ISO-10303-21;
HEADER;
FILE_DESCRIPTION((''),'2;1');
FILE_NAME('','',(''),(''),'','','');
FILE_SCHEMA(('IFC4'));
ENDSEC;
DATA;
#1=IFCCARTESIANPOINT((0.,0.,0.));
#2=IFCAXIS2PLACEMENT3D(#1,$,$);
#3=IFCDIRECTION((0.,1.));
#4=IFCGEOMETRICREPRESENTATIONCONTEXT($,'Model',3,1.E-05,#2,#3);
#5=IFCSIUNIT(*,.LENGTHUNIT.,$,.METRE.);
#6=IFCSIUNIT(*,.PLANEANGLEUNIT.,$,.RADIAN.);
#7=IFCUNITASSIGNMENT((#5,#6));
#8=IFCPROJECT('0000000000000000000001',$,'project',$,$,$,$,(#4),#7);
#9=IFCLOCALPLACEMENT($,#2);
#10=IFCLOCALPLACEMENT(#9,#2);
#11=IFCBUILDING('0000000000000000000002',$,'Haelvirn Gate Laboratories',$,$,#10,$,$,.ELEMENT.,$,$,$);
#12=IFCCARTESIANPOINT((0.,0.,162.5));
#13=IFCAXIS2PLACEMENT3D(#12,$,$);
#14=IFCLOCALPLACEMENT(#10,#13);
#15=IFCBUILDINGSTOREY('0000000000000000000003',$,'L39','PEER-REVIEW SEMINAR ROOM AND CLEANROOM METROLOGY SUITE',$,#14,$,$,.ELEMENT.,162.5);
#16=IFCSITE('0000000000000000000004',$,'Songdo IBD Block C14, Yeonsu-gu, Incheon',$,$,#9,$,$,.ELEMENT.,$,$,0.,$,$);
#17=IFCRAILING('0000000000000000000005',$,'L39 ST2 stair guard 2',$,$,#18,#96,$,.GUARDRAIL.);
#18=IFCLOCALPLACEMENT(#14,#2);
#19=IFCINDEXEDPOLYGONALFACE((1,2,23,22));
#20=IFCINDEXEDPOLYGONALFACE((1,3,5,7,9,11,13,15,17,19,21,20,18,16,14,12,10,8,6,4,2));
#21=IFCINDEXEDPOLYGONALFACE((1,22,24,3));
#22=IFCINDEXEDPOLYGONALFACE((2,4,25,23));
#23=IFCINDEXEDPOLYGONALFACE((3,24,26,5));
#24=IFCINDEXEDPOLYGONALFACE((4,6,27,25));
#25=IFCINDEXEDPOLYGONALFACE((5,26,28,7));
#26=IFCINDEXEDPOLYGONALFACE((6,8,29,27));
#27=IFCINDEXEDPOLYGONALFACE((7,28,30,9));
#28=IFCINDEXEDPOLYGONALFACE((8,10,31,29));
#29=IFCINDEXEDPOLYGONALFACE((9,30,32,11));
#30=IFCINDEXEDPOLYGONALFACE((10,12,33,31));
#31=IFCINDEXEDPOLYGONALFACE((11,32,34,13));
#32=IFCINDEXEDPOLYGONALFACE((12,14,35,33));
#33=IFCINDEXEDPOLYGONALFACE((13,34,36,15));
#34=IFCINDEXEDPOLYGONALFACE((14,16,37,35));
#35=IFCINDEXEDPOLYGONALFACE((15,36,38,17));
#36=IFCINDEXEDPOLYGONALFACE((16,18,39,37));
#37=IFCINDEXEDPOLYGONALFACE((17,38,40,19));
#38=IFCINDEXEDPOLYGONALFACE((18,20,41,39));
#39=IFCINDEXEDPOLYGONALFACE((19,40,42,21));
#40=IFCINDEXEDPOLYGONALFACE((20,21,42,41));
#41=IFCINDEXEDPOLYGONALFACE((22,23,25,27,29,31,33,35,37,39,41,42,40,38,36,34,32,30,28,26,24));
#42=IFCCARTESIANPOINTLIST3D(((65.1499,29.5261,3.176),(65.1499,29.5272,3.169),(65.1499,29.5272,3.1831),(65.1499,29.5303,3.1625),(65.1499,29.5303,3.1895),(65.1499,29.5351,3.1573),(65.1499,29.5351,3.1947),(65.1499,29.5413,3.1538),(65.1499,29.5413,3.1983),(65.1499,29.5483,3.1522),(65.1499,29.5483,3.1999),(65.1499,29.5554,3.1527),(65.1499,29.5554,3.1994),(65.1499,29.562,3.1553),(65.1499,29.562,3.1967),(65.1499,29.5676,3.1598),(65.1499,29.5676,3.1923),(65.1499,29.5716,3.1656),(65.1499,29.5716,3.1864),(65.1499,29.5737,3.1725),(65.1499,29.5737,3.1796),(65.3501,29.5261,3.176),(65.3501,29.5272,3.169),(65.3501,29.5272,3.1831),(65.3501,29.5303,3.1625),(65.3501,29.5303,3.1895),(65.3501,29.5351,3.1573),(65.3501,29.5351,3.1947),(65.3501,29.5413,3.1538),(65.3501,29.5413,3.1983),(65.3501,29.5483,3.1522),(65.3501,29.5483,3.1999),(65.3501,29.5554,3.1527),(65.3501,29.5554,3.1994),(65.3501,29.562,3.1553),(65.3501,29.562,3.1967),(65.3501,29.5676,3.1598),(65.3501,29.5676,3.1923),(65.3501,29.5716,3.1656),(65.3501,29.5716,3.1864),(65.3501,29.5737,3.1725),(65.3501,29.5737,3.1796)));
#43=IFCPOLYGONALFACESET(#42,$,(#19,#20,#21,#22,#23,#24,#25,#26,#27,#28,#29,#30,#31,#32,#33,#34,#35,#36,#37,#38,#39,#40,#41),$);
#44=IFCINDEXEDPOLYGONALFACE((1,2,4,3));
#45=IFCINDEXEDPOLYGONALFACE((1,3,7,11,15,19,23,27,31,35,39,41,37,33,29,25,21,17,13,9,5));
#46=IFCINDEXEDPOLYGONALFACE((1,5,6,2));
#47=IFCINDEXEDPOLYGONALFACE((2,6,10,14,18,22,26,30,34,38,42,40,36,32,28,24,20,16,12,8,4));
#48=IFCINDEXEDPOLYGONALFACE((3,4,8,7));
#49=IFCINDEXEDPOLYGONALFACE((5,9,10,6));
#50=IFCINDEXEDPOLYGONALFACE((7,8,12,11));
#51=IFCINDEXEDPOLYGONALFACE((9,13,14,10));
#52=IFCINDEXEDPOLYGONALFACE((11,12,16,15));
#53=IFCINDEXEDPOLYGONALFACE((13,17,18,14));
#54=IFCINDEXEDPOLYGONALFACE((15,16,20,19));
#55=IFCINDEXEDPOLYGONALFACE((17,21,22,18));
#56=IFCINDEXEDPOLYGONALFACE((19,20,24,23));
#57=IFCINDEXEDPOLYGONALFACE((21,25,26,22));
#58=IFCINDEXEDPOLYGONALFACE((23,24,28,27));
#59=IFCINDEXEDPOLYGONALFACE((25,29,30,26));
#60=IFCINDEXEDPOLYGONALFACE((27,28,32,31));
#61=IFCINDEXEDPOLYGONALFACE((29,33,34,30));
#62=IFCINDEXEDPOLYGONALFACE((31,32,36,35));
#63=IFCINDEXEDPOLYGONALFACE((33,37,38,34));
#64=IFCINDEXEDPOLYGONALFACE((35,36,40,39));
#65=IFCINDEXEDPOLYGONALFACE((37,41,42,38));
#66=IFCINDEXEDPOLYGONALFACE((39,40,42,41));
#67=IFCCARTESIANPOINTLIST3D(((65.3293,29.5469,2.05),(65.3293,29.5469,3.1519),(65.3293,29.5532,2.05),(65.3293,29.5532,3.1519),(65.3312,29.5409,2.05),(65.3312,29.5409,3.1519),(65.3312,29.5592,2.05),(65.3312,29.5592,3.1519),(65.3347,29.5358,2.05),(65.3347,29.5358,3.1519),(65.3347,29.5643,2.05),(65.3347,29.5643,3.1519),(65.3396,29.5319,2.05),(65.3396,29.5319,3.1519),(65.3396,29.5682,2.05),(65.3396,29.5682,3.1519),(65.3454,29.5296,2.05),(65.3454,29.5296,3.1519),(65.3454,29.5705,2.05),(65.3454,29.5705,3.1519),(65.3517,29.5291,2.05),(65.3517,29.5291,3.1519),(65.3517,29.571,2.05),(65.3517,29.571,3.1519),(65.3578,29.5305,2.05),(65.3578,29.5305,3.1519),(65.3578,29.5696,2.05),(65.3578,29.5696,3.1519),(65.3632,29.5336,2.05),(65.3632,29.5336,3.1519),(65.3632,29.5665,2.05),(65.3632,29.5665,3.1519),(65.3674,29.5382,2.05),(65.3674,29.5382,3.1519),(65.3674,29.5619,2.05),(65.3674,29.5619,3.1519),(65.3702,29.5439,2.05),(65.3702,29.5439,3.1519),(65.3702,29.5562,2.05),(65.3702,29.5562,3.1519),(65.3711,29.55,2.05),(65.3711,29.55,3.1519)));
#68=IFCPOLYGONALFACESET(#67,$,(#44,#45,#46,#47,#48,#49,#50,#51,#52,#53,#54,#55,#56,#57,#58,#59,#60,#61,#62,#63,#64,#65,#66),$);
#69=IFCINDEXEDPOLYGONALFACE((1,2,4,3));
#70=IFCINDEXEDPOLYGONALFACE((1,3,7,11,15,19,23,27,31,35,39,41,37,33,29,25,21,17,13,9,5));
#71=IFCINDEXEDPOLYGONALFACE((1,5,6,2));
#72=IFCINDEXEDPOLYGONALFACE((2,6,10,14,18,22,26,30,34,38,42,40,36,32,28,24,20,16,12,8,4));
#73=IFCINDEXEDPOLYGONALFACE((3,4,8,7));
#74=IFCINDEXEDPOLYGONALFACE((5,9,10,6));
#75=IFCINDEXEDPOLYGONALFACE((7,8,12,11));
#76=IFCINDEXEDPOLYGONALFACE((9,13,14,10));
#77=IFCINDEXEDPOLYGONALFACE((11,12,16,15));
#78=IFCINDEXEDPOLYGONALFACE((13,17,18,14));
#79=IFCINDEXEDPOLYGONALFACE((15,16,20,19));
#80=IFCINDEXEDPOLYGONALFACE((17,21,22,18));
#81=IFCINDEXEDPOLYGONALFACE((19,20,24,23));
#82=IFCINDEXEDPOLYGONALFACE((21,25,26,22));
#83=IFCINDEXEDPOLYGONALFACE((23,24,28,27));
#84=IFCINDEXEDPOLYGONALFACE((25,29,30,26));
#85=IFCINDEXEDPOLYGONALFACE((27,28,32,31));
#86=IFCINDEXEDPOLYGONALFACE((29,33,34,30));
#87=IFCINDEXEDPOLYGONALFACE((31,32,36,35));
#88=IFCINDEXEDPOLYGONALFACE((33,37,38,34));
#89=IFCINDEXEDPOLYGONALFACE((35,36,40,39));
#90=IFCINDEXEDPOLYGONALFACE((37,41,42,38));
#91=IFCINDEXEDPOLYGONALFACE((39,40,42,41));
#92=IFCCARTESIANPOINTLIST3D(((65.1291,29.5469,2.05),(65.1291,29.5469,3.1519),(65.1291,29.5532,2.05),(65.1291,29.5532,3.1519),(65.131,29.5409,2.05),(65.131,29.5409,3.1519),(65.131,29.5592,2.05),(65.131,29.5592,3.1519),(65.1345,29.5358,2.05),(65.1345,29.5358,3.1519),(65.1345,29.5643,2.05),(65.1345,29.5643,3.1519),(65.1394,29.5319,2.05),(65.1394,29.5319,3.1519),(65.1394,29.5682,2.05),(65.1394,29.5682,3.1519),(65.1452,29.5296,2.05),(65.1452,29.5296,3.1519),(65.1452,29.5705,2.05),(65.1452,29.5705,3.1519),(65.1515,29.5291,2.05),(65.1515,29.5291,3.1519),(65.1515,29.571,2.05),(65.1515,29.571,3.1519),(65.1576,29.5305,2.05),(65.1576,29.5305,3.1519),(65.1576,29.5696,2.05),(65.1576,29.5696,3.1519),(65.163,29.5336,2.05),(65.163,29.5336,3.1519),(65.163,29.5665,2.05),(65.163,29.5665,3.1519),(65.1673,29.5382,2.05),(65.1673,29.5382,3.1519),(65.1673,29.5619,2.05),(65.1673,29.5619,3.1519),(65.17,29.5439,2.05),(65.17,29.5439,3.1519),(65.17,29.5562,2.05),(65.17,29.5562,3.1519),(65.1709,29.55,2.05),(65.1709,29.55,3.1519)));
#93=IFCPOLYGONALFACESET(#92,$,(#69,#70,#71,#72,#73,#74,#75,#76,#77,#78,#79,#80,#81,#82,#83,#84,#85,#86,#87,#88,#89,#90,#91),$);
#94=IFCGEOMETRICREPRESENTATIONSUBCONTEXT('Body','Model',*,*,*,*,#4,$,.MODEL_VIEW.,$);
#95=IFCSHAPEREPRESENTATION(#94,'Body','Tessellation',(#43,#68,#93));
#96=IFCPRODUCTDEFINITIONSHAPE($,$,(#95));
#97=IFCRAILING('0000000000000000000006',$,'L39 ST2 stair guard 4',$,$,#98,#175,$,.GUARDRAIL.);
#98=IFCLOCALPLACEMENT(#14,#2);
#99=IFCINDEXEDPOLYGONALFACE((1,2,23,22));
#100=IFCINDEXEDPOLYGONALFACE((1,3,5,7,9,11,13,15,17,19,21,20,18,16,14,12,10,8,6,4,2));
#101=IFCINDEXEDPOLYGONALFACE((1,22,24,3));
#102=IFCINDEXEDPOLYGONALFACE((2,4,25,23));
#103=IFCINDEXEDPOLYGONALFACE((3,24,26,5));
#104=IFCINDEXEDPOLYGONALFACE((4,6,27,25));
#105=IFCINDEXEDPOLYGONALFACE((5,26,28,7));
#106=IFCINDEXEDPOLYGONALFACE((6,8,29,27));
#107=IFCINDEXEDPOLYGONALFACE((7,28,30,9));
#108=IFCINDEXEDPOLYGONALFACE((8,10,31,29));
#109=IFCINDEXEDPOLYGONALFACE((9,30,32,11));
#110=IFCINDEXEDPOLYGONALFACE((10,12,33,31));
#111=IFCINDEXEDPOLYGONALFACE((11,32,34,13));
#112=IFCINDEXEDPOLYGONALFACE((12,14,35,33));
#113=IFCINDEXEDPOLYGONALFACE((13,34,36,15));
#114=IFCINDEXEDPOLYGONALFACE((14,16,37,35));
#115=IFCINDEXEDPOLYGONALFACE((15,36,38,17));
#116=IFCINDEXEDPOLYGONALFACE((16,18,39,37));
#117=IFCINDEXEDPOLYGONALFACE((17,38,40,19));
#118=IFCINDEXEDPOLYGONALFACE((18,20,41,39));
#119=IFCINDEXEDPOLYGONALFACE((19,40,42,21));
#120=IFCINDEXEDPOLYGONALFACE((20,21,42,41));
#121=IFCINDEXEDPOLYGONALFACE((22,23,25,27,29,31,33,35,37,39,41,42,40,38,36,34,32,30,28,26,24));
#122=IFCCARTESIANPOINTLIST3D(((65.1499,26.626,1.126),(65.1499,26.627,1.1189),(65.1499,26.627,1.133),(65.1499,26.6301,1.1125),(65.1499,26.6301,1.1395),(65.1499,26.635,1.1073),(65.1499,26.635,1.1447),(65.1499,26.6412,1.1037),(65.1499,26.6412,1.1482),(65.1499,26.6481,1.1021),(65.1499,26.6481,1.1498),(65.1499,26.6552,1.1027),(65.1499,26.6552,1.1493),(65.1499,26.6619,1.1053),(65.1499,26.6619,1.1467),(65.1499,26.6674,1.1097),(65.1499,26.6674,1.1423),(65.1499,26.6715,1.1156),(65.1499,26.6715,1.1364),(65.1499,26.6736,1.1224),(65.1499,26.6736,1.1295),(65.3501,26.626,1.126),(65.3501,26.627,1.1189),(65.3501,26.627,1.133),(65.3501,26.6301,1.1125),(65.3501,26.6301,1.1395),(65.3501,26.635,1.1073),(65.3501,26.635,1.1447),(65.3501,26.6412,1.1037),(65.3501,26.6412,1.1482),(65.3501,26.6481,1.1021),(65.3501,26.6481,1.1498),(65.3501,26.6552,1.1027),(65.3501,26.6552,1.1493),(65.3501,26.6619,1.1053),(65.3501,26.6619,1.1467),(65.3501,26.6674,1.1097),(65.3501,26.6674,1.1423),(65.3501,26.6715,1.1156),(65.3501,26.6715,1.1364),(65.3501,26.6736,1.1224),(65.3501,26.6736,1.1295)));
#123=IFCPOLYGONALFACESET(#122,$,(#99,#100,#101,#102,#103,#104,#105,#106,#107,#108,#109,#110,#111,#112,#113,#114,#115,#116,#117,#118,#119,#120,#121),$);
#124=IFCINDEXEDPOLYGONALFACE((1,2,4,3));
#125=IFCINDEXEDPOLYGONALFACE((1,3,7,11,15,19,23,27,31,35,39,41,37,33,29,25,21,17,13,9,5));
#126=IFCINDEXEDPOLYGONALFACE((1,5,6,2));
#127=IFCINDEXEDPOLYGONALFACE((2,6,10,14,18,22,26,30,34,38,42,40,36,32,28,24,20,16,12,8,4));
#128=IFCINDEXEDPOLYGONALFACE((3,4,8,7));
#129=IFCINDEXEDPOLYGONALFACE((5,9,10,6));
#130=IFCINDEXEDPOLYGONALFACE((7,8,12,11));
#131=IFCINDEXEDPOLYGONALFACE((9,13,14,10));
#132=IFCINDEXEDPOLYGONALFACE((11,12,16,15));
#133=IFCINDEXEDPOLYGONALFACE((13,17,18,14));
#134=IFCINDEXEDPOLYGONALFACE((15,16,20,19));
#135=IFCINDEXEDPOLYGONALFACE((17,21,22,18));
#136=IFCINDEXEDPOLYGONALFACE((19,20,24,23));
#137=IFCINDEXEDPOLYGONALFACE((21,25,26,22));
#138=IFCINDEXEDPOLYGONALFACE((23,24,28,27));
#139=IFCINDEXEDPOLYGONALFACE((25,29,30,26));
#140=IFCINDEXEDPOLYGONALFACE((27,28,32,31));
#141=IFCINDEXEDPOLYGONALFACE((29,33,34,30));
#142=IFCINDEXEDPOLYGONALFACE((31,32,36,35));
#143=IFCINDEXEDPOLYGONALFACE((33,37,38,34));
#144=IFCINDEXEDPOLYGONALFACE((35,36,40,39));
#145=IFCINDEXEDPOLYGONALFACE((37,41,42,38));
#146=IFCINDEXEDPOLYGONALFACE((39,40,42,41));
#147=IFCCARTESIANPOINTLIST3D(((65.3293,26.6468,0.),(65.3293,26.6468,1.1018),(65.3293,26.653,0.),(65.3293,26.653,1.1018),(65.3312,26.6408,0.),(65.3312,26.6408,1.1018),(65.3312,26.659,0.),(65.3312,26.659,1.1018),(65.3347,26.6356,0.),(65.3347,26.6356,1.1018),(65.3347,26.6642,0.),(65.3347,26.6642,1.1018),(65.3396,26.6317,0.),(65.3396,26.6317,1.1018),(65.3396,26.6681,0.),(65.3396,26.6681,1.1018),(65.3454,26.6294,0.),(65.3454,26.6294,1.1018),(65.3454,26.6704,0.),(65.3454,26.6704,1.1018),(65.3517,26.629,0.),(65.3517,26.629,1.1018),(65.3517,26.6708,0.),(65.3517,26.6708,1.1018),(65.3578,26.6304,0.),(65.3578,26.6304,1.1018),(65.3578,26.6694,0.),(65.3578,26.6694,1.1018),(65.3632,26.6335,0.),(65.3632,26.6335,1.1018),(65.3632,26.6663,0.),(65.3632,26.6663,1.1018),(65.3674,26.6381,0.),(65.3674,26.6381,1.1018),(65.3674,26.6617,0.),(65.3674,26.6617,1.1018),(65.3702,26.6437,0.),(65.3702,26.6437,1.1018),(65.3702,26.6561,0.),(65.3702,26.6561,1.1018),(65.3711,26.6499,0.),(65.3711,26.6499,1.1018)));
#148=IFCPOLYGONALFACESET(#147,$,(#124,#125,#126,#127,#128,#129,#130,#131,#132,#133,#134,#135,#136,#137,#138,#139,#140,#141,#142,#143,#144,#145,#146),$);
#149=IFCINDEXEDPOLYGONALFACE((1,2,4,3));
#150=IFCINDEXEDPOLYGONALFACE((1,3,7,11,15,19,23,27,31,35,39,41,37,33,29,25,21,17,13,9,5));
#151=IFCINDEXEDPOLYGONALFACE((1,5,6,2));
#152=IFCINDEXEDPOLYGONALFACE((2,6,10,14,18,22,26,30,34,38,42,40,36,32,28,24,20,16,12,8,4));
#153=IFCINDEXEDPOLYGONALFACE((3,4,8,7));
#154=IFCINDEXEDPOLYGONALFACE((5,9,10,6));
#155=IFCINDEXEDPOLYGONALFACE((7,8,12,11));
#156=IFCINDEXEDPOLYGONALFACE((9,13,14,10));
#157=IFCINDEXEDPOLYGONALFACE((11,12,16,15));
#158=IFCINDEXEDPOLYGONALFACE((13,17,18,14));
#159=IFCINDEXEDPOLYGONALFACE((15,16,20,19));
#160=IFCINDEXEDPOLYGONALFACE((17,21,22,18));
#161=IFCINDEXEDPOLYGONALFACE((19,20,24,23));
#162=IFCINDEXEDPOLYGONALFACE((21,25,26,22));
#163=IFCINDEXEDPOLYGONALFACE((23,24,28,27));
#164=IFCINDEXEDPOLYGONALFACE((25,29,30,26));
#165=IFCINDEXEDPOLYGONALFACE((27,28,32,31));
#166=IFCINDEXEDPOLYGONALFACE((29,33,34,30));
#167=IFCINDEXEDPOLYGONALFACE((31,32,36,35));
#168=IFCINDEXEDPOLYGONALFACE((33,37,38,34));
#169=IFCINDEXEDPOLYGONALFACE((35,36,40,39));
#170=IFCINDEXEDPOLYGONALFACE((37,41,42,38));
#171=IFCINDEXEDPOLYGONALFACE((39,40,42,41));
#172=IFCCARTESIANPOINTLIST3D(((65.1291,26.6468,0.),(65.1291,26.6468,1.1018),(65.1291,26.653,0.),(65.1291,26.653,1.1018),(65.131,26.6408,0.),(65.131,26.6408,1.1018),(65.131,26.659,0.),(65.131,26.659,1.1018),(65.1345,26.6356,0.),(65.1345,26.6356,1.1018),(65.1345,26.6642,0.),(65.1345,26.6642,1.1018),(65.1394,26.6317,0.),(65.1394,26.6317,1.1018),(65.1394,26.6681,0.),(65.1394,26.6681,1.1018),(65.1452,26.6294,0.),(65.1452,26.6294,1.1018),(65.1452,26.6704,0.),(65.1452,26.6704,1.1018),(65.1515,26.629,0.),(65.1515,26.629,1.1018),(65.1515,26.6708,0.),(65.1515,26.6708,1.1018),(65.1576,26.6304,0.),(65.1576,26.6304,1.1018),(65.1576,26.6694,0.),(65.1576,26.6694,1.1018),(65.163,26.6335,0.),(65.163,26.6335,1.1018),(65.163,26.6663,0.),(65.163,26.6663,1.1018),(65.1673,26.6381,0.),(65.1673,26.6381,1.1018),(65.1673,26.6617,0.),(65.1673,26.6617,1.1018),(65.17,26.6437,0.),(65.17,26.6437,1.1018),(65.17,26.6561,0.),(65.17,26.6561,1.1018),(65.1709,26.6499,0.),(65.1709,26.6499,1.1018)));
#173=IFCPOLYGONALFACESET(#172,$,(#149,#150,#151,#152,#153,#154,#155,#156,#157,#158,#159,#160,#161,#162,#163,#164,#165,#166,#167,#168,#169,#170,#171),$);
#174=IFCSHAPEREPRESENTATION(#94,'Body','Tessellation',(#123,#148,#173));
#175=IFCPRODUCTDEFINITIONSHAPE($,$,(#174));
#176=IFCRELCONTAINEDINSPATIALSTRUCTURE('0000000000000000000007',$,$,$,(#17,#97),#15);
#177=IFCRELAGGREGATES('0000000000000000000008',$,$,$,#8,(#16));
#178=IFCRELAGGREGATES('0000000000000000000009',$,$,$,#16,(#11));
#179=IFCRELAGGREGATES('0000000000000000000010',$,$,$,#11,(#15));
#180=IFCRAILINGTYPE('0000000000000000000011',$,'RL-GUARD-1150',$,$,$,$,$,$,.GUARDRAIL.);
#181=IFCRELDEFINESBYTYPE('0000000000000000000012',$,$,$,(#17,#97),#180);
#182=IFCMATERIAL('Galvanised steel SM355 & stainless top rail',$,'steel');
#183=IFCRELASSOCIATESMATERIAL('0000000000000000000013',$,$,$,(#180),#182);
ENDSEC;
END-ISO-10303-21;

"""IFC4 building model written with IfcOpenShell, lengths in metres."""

from ifc_helpers import new_model, si_unit, direction, frame, origin, origin_2d, place, context, subcontext, project, spatial, circle, extrude, source, transform, mapped, material, type_object, element, save


model = new_model("IFC4")

# Units and contexts
model_context = context("Model", 3, precision=1e-05, world=origin(), true_north=direction((0.0, 1.0)))
body_context = subcontext(model_context, "Body", "Model", "MODEL_VIEW")
ifc_project = project(units=[si_unit("LENGTHUNIT", "METRE"), si_unit("PLANEANGLEUNIT", "RADIAN")], contexts=[model_context])

# Site, building, storey
site_placement = place(None, origin())
site = spatial("IfcSite", under=ifc_project, at=site_placement, Name="Songdo IBD Block C14, Yeonsu-gu, Incheon", CompositionType="ELEMENT", RefElevation=0.0)
building_placement = place(site_placement, origin())
building = spatial("IfcBuilding", under=site, at=building_placement, Name="Haelvirn Gate Laboratories", CompositionType="ELEMENT")
storey_placement = place(building_placement, frame((0.0, 0.0, 162.5)))
storey = spatial("IfcBuildingStorey", under=building, at=storey_placement, Name="L39", Description="PEER-REVIEW SEMINAR ROOM AND CLEANROOM METROLOGY SUITE", CompositionType="ELEMENT", Elevation=162.5)

# Railings
ifc_material_1 = material(Name="Galvanised steel SM355 & stainless top rail", Category="steel")
railing_type_1 = type_object("IfcRailingType", Name="RL-GUARD-1150", PredefinedType="GUARDRAIL", material=ifc_material_1)
shared_shape_1 = source(origin(), body_context, "Body", "SweptSolid", [
    extrude(circle(Radius=0.0239, at=origin_2d()), frame((0.0, 0.0, 1.126), z_axis=(-1.0, 0.0, 0.0), x_axis=(0.0, -1.0, 0.0)), (0.0, 0.0, 1.0), 0.2002),
    extrude(circle(Radius=0.021, at=origin_2d()), origin(), (0.0, 0.0, 1.0), 1.1018),
    extrude(circle(Radius=0.021, at=origin_2d()), frame((-0.2002, 0.0, 0.0)), (0.0, 0.0, 1.0), 1.1018),
])
for number, where, name in (
    (1, (65.3501, 29.55, 2.05), "L39 ST2 stair guard 2"),
    (2, (65.3501, 26.6499, 0.0), "L39 ST2 stair guard 4"),
):
    element("IfcRailing", number, at=place(storey_placement, frame(where)), inside=storey, type_object=railing_type_1, Name=name, PredefinedType="GUARDRAIL", context=body_context, shape_type="MappedRepresentation", body=[
        mapped(shared_shape_1, transform((0.0, 0.0, 0.0), scale=1.0)),
    ])

save(model, "model.ifc")
